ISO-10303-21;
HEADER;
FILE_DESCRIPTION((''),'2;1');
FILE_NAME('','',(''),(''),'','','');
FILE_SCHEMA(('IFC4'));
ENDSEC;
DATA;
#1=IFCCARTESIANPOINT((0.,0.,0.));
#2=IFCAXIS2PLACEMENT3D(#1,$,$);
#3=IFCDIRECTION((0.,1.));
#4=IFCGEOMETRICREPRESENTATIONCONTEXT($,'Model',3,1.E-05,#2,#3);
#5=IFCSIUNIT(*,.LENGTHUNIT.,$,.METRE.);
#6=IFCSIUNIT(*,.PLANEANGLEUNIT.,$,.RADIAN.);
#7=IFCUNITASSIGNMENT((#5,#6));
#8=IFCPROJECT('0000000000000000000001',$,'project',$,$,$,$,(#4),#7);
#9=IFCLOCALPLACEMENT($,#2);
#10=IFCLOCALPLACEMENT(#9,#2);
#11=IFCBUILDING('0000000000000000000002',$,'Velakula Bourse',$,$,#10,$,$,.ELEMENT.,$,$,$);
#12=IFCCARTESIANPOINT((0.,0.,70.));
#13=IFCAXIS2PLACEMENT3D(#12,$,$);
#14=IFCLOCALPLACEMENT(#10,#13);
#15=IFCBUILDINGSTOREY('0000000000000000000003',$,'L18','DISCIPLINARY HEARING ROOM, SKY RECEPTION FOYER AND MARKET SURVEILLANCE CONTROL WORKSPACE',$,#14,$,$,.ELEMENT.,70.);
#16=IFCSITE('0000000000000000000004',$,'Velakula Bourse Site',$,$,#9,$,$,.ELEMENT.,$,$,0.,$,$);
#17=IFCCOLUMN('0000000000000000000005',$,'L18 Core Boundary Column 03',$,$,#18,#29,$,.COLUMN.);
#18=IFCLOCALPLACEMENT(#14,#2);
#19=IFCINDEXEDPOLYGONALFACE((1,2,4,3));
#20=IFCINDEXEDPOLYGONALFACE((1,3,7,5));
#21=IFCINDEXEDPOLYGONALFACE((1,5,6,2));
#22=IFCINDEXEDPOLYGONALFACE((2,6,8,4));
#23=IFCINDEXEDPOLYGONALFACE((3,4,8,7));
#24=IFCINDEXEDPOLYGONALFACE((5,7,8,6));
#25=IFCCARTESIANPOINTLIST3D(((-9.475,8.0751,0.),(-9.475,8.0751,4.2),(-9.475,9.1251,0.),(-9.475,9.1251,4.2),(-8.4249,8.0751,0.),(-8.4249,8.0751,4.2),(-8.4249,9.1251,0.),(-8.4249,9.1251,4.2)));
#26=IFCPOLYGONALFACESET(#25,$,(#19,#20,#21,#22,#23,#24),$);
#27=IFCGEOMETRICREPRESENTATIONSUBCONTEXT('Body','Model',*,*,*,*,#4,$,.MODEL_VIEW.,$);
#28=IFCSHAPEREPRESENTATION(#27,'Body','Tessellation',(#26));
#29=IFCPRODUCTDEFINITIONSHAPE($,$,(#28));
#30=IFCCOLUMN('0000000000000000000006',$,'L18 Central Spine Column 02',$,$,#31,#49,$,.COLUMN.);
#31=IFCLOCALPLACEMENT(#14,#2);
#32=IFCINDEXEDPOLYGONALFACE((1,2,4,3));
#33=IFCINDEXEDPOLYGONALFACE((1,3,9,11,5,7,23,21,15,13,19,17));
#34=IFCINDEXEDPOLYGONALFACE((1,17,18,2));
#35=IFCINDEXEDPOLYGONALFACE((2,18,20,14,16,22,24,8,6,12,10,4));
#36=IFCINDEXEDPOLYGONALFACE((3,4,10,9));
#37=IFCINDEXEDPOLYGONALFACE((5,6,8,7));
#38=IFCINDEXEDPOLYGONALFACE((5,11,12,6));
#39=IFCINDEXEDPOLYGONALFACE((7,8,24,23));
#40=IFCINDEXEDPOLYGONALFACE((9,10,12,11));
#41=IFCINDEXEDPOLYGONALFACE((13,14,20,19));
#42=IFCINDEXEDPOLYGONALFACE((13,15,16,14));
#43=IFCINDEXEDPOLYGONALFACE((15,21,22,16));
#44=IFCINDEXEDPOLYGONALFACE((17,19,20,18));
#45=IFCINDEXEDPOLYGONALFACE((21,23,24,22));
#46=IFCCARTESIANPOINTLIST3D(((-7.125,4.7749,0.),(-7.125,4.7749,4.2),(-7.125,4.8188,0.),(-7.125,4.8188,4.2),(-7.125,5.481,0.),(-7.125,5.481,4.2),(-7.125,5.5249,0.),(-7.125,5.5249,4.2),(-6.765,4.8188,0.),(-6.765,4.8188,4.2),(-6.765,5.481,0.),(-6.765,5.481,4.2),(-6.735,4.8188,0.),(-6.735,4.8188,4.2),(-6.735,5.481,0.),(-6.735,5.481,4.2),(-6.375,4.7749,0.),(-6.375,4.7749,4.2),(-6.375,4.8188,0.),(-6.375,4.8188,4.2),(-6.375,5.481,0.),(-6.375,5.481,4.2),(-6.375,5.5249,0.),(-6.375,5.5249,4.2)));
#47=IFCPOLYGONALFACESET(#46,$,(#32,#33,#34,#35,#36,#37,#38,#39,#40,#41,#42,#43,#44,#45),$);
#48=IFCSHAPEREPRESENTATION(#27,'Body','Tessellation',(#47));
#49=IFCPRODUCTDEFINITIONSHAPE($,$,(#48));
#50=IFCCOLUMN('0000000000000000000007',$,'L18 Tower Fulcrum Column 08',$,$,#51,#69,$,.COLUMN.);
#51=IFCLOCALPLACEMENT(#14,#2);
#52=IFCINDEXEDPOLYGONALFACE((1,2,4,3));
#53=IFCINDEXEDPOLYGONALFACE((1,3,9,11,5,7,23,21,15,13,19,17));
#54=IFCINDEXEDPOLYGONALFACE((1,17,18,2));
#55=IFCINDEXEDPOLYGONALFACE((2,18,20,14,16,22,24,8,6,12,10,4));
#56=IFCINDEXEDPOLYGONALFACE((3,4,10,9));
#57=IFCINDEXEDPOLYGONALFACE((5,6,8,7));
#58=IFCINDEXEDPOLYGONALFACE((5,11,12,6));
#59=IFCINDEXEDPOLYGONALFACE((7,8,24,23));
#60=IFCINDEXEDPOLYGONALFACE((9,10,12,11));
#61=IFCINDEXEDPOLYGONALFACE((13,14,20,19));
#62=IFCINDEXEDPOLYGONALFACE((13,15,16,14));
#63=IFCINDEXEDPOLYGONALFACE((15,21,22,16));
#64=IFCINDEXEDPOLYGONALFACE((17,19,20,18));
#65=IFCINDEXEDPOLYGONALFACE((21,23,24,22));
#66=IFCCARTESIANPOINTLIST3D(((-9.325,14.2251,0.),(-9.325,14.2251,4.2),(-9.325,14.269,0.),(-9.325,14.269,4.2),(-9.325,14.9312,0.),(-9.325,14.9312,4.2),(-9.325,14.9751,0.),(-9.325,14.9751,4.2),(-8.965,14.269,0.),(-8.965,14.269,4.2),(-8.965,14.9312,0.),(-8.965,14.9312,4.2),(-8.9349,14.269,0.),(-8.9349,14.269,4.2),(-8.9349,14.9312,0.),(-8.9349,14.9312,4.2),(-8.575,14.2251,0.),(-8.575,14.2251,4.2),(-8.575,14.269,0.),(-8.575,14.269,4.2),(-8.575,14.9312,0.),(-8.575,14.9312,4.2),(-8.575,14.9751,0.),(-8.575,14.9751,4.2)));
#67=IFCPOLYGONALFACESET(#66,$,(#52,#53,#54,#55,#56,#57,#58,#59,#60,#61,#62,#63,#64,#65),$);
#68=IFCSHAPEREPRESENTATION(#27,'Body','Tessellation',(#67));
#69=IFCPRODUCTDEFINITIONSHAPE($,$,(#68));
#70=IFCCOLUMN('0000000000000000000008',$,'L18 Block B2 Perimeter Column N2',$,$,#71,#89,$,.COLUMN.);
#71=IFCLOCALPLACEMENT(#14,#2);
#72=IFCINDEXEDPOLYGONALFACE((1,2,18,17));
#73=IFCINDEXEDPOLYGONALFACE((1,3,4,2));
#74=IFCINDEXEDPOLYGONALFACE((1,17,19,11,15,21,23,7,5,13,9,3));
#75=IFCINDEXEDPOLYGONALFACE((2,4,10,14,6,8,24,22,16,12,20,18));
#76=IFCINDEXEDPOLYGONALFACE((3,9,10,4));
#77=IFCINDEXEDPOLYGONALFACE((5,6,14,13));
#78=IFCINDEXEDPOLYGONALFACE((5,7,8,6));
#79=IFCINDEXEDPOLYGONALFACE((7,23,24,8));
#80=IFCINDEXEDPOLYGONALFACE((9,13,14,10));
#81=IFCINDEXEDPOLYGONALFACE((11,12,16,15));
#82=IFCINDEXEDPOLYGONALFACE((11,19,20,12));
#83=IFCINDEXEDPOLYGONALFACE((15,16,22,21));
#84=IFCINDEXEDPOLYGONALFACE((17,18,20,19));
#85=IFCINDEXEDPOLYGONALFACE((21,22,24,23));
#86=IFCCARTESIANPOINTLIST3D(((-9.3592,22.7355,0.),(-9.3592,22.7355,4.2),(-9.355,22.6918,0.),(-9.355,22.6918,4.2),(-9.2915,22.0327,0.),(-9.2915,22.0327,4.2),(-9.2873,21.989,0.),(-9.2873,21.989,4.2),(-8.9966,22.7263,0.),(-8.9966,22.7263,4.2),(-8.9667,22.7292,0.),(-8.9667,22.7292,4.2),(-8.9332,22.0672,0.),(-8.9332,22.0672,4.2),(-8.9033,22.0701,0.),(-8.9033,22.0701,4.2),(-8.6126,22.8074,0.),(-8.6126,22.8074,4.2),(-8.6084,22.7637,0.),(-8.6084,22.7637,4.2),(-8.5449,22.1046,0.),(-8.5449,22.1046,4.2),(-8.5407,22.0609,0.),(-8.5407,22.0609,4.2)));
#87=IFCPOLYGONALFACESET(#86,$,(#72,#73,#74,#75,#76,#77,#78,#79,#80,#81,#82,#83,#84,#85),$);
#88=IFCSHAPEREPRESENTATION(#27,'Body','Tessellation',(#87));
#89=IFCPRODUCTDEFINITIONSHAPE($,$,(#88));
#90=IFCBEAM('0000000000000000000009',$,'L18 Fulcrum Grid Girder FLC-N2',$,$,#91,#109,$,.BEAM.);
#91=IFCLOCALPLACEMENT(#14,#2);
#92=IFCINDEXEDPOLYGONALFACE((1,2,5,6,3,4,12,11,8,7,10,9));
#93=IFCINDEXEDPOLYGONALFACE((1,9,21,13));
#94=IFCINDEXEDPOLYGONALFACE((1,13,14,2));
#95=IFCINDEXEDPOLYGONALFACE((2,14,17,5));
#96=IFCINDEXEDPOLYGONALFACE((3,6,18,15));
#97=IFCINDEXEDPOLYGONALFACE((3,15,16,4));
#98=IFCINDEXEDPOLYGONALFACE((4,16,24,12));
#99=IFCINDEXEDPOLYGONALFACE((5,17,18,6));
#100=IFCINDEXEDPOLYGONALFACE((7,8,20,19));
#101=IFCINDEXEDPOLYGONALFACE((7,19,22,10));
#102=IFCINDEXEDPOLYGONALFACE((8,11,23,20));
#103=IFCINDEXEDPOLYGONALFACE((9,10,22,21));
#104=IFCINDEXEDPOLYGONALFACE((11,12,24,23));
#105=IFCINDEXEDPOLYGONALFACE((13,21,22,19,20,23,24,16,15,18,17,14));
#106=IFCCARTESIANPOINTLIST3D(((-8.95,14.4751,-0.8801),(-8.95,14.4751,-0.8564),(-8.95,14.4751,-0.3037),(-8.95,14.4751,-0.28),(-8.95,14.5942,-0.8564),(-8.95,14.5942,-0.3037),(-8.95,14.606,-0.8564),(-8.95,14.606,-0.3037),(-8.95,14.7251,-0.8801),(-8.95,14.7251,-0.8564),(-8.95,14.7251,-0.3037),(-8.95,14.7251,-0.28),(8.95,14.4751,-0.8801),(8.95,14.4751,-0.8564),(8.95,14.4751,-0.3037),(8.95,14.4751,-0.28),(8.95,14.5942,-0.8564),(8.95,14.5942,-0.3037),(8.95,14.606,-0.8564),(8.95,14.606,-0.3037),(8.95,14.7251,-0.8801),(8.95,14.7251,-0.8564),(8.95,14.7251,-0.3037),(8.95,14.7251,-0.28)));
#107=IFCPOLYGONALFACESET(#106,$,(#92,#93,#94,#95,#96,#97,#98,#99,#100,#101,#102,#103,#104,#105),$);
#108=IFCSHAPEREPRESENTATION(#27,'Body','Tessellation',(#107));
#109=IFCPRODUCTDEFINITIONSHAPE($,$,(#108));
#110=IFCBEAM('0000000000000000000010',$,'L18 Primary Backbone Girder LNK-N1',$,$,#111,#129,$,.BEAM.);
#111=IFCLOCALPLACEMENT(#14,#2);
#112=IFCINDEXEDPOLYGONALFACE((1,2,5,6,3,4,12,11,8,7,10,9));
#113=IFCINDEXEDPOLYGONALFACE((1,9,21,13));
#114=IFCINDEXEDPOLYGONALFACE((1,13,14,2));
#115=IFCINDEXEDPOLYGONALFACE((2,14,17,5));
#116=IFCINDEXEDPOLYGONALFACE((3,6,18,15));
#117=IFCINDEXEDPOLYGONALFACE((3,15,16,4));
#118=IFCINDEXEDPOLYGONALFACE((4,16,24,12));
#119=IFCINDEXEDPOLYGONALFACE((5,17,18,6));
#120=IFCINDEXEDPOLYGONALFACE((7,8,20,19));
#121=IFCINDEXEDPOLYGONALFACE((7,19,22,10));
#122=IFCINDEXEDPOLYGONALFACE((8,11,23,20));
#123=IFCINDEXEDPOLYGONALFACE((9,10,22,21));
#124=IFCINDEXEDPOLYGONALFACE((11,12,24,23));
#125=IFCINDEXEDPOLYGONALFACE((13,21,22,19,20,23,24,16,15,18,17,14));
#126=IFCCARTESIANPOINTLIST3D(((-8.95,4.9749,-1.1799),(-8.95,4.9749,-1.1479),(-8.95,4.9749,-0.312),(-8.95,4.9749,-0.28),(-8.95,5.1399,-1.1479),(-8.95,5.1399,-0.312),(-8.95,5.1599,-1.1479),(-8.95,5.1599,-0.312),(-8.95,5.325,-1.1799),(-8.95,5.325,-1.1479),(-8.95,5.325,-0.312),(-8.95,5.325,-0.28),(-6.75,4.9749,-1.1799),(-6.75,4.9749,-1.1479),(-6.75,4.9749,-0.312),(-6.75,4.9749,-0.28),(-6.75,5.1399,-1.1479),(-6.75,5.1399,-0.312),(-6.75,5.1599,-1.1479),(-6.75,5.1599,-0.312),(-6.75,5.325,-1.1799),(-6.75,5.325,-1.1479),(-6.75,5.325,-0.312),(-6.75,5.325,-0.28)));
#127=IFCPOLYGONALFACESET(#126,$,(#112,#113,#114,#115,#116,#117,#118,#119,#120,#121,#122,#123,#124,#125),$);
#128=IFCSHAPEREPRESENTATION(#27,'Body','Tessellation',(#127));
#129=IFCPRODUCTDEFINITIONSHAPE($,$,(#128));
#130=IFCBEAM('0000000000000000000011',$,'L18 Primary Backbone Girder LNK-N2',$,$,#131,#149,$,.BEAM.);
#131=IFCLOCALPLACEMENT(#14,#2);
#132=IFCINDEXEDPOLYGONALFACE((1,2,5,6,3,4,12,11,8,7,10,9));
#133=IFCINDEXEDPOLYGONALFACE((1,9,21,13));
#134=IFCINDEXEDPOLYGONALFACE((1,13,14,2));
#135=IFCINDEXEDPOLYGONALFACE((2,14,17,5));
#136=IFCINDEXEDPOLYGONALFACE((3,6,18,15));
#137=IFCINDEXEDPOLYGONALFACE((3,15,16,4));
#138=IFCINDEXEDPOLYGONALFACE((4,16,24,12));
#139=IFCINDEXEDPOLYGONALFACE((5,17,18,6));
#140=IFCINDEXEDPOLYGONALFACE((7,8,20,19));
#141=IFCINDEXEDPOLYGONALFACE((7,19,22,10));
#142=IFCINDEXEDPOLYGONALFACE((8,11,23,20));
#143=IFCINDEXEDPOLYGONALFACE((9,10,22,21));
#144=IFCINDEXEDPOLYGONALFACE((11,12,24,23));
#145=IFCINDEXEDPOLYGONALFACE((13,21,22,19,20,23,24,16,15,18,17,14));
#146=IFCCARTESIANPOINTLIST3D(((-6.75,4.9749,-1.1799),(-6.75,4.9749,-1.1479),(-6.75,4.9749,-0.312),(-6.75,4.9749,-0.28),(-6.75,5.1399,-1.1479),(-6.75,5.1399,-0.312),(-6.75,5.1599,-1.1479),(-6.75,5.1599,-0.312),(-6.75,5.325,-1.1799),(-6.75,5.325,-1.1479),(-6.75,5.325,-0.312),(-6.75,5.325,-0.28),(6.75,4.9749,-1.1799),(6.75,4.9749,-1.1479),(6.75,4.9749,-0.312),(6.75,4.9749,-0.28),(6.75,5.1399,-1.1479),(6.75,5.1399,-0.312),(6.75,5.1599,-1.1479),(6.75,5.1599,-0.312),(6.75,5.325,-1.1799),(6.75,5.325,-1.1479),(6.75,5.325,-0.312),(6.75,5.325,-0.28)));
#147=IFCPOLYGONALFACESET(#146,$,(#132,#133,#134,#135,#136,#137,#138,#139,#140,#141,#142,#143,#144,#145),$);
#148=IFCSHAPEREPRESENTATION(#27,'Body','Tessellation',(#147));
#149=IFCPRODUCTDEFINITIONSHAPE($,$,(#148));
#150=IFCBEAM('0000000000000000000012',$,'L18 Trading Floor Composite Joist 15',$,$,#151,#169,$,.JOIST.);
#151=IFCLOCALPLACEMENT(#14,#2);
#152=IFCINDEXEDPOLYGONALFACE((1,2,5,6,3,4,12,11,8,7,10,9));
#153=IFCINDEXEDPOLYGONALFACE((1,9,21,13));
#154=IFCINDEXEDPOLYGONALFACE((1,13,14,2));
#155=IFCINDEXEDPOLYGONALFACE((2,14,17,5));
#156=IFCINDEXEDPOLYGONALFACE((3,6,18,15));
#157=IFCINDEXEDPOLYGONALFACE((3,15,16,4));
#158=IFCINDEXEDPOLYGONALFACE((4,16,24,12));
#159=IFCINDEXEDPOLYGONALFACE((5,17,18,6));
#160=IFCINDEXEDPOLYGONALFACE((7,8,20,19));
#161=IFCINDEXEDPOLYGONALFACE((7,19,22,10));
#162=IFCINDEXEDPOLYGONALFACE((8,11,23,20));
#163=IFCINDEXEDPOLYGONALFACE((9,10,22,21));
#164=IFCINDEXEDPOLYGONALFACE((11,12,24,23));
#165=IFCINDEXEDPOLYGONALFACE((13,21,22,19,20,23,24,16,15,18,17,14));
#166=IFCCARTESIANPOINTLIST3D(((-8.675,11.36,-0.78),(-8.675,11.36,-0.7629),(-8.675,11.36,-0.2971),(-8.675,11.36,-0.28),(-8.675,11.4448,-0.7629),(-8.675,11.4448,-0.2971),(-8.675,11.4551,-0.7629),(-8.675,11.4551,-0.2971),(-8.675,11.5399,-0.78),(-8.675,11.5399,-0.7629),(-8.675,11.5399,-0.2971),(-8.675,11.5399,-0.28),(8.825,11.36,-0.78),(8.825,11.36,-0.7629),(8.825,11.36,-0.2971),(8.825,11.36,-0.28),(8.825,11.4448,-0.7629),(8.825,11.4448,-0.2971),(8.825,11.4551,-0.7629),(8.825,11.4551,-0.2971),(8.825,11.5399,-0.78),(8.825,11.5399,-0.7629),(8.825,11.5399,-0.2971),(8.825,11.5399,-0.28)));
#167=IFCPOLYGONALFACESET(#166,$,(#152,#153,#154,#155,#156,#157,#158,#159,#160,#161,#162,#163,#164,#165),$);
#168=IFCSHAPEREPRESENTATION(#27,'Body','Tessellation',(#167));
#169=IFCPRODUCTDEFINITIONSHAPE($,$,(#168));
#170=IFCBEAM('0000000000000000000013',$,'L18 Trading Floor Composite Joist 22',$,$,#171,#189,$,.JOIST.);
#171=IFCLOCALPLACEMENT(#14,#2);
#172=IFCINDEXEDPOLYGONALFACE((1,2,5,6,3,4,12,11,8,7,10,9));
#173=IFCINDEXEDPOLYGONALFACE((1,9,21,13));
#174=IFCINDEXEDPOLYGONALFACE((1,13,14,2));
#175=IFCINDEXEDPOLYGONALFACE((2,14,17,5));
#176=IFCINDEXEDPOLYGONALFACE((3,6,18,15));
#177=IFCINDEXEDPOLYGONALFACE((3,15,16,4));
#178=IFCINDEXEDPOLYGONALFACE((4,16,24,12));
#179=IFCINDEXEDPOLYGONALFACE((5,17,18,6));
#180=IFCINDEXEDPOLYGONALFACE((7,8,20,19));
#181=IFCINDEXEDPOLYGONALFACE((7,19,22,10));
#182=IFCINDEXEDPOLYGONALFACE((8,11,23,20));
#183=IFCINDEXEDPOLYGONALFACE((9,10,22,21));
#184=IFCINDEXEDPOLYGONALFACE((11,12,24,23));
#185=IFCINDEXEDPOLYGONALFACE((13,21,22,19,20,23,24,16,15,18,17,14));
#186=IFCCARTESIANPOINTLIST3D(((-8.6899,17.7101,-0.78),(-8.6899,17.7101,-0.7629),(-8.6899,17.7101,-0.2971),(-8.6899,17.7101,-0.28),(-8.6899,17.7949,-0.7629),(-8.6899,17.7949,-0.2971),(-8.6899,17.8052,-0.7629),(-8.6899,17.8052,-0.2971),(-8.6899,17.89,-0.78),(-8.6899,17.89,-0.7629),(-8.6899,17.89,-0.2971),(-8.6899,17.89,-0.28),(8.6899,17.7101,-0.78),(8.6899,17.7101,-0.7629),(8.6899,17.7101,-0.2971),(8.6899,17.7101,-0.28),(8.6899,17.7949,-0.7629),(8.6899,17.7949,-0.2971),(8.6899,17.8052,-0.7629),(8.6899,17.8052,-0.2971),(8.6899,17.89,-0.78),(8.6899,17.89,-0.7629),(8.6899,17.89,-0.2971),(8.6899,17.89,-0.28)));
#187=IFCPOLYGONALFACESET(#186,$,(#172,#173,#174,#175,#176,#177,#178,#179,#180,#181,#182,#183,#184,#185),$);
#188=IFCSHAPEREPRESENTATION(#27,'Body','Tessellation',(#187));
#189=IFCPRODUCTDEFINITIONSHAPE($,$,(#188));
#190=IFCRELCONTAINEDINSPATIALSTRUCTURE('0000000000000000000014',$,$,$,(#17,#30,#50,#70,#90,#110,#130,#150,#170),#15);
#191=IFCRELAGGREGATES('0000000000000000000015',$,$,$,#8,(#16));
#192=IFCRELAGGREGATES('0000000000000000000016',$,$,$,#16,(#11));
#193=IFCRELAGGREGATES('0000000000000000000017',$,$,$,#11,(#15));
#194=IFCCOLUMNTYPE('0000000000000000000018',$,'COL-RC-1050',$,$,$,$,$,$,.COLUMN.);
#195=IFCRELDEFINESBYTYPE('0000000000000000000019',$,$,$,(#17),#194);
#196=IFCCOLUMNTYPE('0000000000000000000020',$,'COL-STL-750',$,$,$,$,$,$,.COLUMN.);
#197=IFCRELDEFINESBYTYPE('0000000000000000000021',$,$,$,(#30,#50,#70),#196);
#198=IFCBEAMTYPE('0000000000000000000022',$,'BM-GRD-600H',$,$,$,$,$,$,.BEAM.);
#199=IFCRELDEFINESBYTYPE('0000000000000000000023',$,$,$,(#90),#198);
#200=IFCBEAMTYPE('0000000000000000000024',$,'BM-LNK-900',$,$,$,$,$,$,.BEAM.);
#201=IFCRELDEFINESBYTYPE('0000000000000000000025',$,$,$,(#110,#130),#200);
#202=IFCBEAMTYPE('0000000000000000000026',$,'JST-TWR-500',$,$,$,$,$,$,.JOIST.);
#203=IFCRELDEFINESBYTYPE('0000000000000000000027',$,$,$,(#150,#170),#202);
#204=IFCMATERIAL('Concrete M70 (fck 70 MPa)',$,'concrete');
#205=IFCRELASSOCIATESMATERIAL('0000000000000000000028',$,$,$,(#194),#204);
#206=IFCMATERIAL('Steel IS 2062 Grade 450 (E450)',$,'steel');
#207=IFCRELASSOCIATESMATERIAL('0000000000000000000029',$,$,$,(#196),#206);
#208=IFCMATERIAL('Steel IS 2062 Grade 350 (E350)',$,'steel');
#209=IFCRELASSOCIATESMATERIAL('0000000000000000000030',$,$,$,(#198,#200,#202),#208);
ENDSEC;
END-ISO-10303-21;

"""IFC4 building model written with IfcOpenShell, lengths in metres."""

from ifc_helpers import new_model, si_unit, direction, frame, origin, origin_2d, place, context, subcontext, project, spatial, rectangle, i_section, extrude, material, material_profile, profile_set, type_object, element, save


model = new_model("IFC4")

# Units and contexts
model_context = context("Model", 3, precision=1e-05, world=origin(), true_north=direction((0.0, 1.0)))
body_context = subcontext(model_context, "Body", "Model", "MODEL_VIEW")
ifc_project = project(units=[si_unit("LENGTHUNIT", "METRE"), si_unit("PLANEANGLEUNIT", "RADIAN")], contexts=[model_context])

# Site, building, storey
site_placement = place(None, origin())
site = spatial("IfcSite", under=ifc_project, at=site_placement, Name="Velakula Bourse Site", CompositionType="ELEMENT", RefElevation=0.0)
building_placement = place(site_placement, origin())
building = spatial("IfcBuilding", under=site, at=building_placement, Name="Velakula Bourse", CompositionType="ELEMENT")
storey_placement = place(building_placement, frame((0.0, 0.0, 70.0)))
storey = spatial("IfcBuildingStorey", under=building, at=storey_placement, Name="L18", Description="DISCIPLINARY HEARING ROOM, SKY RECEPTION FOYER AND MARKET SURVEILLANCE CONTROL WORKSPACE", CompositionType="ELEMENT", Elevation=70.0)

# Columns
ifc_material_1 = material(Name="Concrete M70 (fck 70 MPa)", Category="concrete")
ifc_material_profile_1 = material_profile(ifc_material_1, rectangle(XDim=1.05, YDim=1.05, at=origin_2d()), Name="Concrete M70 (fck 70 MPa)")
ifc_profile_set_1 = profile_set([ifc_material_profile_1], Name="Concrete M70 (fck 70 MPa)")
column_type_1 = type_object("IfcColumnType", Name="COL-RC-1050", PredefinedType="COLUMN", material=ifc_profile_set_1)
column_placement = place(storey_placement, frame((-8.95, 8.6001, 0.0), z_axis=(0.0, 0.0, 1.0), x_axis=(1.0, 0.0, 0.0)))
element("IfcColumn", 1, at=column_placement, inside=storey, type_object=column_type_1, Name="L18 Core Boundary Column 03", PredefinedType="COLUMN", context=body_context, shape_type="SweptSolid", body=[
    extrude(rectangle(XDim=1.05, YDim=1.05, at=origin_2d()), origin(), (0.0, 0.0, 1.0), 4.2),
])
ifc_material_2 = material(Name="Steel IS 2062 Grade 450 (E450)", Category="steel")
ifc_material_profile_2 = material_profile(ifc_material_2, i_section(OverallWidth=0.75, OverallDepth=0.75, WebThickness=0.03, FlangeThickness=0.0439, at=origin_2d()), Name="Steel IS 2062 Grade 450 (E450)")
ifc_profile_set_2 = profile_set([ifc_material_profile_2], Name="Steel IS 2062 Grade 450 (E450)")
column_type_2 = type_object("IfcColumnType", Name="COL-STL-750", PredefinedType="COLUMN", material=ifc_profile_set_2)
for number, where, z_axis, x_axis, name in (
    (2, (-6.75, 5.1499, 0.0), (0.0, 0.0, 1.0), (1.0, 0.0, 0.0), "L18 Central Spine Column 02"),
    (3, (-8.95, 14.6001, 0.0), (0.0, 0.0, 1.0), (1.0, 0.0, 0.0), "L18 Tower Fulcrum Column 08"),
    (4, (-8.95, 22.3982, 0.0), (0.0, 0.0, 1.0), (0.995396, 0.095846, 0.0), "L18 Block B2 Perimeter Column N2"),
):
    element("IfcColumn", number, at=place(storey_placement, frame(where, z_axis=z_axis, x_axis=x_axis)), inside=storey, type_object=column_type_2, Name=name, PredefinedType="COLUMN", context=body_context, shape_type="SweptSolid", body=[
        extrude(i_section(OverallWidth=0.75, OverallDepth=0.75, WebThickness=0.03, FlangeThickness=0.0439, at=origin_2d()), origin(), (0.0, 0.0, 1.0), 4.2),
    ])

# Beams
ifc_material_3 = material(Name="Steel IS 2062 Grade 350 (E350)", Category="steel")
ifc_material_profile_3 = material_profile(ifc_material_3, i_section(OverallWidth=0.25, OverallDepth=0.6001, WebThickness=0.0117, FlangeThickness=0.0237, at=origin_2d()), Name="Steel IS 2062 Grade 350 (E350)")
ifc_profile_set_3 = profile_set([ifc_material_profile_3], Name="Steel IS 2062 Grade 350 (E350)")
beam_type_1 = type_object("IfcBeamType", Name="BM-GRD-600H", PredefinedType="BEAM", material=ifc_profile_set_3)
beam_1_placement = place(storey_placement, frame((-8.95, 14.6001, -0.5801), z_axis=(1.0, 0.0, 0.0), x_axis=(0.0, 1.0, 0.0)))
element("IfcBeam", 5, at=beam_1_placement, inside=storey, type_object=beam_type_1, Name="L18 Fulcrum Grid Girder FLC-N2", PredefinedType="BEAM", context=body_context, shape_type="SweptSolid", body=[
    extrude(i_section(OverallWidth=0.25, OverallDepth=0.6001, WebThickness=0.0117, FlangeThickness=0.0237, at=origin_2d()), origin(), (0.0, 0.0, 1.0), 17.8999),
])
ifc_material_profile_4 = material_profile(ifc_material_3, i_section(OverallWidth=0.3501, OverallDepth=0.8999, WebThickness=0.02, FlangeThickness=0.032, at=origin_2d()), Name="Steel IS 2062 Grade 350 (E350)")
ifc_profile_set_4 = profile_set([ifc_material_profile_4], Name="Steel IS 2062 Grade 350 (E350)")
beam_type_2 = type_object("IfcBeamType", Name="BM-LNK-900", PredefinedType="BEAM", material=ifc_profile_set_4)
beam_2_placement = place(storey_placement, frame((-8.95, 5.1499, -0.73), z_axis=(1.0, 0.0, 0.0), x_axis=(0.0, 1.0, 0.0)))
element("IfcBeam", 6, at=beam_2_placement, inside=storey, type_object=beam_type_2, Name="L18 Primary Backbone Girder LNK-N1", PredefinedType="BEAM", context=body_context, shape_type="SweptSolid", body=[
    extrude(i_section(OverallWidth=0.3501, OverallDepth=0.8999, WebThickness=0.02, FlangeThickness=0.032, at=origin_2d()), origin(), (0.0, 0.0, 1.0), 2.2),
])
beam_3_placement = place(storey_placement, frame((-6.75, 5.1499, -0.73), z_axis=(1.0, 0.0, 0.0), x_axis=(0.0, 1.0, 0.0)))
element("IfcBeam", 7, at=beam_3_placement, inside=storey, type_object=beam_type_2, Name="L18 Primary Backbone Girder LNK-N2", PredefinedType="BEAM", context=body_context, shape_type="SweptSolid", body=[
    extrude(i_section(OverallWidth=0.3501, OverallDepth=0.8999, WebThickness=0.02, FlangeThickness=0.032, at=origin_2d()), origin(), (0.0, 0.0, 1.0), 13.5),
])
ifc_material_profile_5 = material_profile(ifc_material_3, i_section(OverallWidth=0.1799, OverallDepth=0.5, WebThickness=0.0103, FlangeThickness=0.0171, at=origin_2d()), Name="Steel IS 2062 Grade 350 (E350)")
ifc_profile_set_5 = profile_set([ifc_material_profile_5], Name="Steel IS 2062 Grade 350 (E350)")
beam_type_3 = type_object("IfcBeamType", Name="JST-TWR-500", PredefinedType="JOIST", material=ifc_profile_set_5)
beam_4_placement = place(storey_placement, frame((-8.675, 11.45, -0.53), z_axis=(1.0, 0.0, 0.0), x_axis=(0.0, 1.0, 0.0)))
element("IfcBeam", 8, at=beam_4_placement, inside=storey, type_object=beam_type_3, Name="L18 Trading Floor Composite Joist 15", PredefinedType="JOIST", context=body_context, shape_type="SweptSolid", body=[
    extrude(i_section(OverallWidth=0.1799, OverallDepth=0.5, WebThickness=0.0103, FlangeThickness=0.0171, at=origin_2d()), origin(), (0.0, 0.0, 1.0), 17.5),
])
for number, where, z_axis, x_axis, name in (
    (9, (-8.6899, 17.8, -0.53), (1.0, 0.0, 0.0), (0.0, 1.0, 0.0), "L18 Trading Floor Composite Joist 22"),
):
    element("IfcBeam", number, at=place(storey_placement, frame(where, z_axis=z_axis, x_axis=x_axis)), inside=storey, type_object=beam_type_3, Name=name, PredefinedType="JOIST", context=body_context, shape_type="SweptSolid", body=[
        extrude(i_section(OverallWidth=0.1799, OverallDepth=0.5, WebThickness=0.0103, FlangeThickness=0.0171, at=origin_2d()), origin(), (0.0, 0.0, 1.0), 17.3799),
    ])

save(model, "model.ifc")
